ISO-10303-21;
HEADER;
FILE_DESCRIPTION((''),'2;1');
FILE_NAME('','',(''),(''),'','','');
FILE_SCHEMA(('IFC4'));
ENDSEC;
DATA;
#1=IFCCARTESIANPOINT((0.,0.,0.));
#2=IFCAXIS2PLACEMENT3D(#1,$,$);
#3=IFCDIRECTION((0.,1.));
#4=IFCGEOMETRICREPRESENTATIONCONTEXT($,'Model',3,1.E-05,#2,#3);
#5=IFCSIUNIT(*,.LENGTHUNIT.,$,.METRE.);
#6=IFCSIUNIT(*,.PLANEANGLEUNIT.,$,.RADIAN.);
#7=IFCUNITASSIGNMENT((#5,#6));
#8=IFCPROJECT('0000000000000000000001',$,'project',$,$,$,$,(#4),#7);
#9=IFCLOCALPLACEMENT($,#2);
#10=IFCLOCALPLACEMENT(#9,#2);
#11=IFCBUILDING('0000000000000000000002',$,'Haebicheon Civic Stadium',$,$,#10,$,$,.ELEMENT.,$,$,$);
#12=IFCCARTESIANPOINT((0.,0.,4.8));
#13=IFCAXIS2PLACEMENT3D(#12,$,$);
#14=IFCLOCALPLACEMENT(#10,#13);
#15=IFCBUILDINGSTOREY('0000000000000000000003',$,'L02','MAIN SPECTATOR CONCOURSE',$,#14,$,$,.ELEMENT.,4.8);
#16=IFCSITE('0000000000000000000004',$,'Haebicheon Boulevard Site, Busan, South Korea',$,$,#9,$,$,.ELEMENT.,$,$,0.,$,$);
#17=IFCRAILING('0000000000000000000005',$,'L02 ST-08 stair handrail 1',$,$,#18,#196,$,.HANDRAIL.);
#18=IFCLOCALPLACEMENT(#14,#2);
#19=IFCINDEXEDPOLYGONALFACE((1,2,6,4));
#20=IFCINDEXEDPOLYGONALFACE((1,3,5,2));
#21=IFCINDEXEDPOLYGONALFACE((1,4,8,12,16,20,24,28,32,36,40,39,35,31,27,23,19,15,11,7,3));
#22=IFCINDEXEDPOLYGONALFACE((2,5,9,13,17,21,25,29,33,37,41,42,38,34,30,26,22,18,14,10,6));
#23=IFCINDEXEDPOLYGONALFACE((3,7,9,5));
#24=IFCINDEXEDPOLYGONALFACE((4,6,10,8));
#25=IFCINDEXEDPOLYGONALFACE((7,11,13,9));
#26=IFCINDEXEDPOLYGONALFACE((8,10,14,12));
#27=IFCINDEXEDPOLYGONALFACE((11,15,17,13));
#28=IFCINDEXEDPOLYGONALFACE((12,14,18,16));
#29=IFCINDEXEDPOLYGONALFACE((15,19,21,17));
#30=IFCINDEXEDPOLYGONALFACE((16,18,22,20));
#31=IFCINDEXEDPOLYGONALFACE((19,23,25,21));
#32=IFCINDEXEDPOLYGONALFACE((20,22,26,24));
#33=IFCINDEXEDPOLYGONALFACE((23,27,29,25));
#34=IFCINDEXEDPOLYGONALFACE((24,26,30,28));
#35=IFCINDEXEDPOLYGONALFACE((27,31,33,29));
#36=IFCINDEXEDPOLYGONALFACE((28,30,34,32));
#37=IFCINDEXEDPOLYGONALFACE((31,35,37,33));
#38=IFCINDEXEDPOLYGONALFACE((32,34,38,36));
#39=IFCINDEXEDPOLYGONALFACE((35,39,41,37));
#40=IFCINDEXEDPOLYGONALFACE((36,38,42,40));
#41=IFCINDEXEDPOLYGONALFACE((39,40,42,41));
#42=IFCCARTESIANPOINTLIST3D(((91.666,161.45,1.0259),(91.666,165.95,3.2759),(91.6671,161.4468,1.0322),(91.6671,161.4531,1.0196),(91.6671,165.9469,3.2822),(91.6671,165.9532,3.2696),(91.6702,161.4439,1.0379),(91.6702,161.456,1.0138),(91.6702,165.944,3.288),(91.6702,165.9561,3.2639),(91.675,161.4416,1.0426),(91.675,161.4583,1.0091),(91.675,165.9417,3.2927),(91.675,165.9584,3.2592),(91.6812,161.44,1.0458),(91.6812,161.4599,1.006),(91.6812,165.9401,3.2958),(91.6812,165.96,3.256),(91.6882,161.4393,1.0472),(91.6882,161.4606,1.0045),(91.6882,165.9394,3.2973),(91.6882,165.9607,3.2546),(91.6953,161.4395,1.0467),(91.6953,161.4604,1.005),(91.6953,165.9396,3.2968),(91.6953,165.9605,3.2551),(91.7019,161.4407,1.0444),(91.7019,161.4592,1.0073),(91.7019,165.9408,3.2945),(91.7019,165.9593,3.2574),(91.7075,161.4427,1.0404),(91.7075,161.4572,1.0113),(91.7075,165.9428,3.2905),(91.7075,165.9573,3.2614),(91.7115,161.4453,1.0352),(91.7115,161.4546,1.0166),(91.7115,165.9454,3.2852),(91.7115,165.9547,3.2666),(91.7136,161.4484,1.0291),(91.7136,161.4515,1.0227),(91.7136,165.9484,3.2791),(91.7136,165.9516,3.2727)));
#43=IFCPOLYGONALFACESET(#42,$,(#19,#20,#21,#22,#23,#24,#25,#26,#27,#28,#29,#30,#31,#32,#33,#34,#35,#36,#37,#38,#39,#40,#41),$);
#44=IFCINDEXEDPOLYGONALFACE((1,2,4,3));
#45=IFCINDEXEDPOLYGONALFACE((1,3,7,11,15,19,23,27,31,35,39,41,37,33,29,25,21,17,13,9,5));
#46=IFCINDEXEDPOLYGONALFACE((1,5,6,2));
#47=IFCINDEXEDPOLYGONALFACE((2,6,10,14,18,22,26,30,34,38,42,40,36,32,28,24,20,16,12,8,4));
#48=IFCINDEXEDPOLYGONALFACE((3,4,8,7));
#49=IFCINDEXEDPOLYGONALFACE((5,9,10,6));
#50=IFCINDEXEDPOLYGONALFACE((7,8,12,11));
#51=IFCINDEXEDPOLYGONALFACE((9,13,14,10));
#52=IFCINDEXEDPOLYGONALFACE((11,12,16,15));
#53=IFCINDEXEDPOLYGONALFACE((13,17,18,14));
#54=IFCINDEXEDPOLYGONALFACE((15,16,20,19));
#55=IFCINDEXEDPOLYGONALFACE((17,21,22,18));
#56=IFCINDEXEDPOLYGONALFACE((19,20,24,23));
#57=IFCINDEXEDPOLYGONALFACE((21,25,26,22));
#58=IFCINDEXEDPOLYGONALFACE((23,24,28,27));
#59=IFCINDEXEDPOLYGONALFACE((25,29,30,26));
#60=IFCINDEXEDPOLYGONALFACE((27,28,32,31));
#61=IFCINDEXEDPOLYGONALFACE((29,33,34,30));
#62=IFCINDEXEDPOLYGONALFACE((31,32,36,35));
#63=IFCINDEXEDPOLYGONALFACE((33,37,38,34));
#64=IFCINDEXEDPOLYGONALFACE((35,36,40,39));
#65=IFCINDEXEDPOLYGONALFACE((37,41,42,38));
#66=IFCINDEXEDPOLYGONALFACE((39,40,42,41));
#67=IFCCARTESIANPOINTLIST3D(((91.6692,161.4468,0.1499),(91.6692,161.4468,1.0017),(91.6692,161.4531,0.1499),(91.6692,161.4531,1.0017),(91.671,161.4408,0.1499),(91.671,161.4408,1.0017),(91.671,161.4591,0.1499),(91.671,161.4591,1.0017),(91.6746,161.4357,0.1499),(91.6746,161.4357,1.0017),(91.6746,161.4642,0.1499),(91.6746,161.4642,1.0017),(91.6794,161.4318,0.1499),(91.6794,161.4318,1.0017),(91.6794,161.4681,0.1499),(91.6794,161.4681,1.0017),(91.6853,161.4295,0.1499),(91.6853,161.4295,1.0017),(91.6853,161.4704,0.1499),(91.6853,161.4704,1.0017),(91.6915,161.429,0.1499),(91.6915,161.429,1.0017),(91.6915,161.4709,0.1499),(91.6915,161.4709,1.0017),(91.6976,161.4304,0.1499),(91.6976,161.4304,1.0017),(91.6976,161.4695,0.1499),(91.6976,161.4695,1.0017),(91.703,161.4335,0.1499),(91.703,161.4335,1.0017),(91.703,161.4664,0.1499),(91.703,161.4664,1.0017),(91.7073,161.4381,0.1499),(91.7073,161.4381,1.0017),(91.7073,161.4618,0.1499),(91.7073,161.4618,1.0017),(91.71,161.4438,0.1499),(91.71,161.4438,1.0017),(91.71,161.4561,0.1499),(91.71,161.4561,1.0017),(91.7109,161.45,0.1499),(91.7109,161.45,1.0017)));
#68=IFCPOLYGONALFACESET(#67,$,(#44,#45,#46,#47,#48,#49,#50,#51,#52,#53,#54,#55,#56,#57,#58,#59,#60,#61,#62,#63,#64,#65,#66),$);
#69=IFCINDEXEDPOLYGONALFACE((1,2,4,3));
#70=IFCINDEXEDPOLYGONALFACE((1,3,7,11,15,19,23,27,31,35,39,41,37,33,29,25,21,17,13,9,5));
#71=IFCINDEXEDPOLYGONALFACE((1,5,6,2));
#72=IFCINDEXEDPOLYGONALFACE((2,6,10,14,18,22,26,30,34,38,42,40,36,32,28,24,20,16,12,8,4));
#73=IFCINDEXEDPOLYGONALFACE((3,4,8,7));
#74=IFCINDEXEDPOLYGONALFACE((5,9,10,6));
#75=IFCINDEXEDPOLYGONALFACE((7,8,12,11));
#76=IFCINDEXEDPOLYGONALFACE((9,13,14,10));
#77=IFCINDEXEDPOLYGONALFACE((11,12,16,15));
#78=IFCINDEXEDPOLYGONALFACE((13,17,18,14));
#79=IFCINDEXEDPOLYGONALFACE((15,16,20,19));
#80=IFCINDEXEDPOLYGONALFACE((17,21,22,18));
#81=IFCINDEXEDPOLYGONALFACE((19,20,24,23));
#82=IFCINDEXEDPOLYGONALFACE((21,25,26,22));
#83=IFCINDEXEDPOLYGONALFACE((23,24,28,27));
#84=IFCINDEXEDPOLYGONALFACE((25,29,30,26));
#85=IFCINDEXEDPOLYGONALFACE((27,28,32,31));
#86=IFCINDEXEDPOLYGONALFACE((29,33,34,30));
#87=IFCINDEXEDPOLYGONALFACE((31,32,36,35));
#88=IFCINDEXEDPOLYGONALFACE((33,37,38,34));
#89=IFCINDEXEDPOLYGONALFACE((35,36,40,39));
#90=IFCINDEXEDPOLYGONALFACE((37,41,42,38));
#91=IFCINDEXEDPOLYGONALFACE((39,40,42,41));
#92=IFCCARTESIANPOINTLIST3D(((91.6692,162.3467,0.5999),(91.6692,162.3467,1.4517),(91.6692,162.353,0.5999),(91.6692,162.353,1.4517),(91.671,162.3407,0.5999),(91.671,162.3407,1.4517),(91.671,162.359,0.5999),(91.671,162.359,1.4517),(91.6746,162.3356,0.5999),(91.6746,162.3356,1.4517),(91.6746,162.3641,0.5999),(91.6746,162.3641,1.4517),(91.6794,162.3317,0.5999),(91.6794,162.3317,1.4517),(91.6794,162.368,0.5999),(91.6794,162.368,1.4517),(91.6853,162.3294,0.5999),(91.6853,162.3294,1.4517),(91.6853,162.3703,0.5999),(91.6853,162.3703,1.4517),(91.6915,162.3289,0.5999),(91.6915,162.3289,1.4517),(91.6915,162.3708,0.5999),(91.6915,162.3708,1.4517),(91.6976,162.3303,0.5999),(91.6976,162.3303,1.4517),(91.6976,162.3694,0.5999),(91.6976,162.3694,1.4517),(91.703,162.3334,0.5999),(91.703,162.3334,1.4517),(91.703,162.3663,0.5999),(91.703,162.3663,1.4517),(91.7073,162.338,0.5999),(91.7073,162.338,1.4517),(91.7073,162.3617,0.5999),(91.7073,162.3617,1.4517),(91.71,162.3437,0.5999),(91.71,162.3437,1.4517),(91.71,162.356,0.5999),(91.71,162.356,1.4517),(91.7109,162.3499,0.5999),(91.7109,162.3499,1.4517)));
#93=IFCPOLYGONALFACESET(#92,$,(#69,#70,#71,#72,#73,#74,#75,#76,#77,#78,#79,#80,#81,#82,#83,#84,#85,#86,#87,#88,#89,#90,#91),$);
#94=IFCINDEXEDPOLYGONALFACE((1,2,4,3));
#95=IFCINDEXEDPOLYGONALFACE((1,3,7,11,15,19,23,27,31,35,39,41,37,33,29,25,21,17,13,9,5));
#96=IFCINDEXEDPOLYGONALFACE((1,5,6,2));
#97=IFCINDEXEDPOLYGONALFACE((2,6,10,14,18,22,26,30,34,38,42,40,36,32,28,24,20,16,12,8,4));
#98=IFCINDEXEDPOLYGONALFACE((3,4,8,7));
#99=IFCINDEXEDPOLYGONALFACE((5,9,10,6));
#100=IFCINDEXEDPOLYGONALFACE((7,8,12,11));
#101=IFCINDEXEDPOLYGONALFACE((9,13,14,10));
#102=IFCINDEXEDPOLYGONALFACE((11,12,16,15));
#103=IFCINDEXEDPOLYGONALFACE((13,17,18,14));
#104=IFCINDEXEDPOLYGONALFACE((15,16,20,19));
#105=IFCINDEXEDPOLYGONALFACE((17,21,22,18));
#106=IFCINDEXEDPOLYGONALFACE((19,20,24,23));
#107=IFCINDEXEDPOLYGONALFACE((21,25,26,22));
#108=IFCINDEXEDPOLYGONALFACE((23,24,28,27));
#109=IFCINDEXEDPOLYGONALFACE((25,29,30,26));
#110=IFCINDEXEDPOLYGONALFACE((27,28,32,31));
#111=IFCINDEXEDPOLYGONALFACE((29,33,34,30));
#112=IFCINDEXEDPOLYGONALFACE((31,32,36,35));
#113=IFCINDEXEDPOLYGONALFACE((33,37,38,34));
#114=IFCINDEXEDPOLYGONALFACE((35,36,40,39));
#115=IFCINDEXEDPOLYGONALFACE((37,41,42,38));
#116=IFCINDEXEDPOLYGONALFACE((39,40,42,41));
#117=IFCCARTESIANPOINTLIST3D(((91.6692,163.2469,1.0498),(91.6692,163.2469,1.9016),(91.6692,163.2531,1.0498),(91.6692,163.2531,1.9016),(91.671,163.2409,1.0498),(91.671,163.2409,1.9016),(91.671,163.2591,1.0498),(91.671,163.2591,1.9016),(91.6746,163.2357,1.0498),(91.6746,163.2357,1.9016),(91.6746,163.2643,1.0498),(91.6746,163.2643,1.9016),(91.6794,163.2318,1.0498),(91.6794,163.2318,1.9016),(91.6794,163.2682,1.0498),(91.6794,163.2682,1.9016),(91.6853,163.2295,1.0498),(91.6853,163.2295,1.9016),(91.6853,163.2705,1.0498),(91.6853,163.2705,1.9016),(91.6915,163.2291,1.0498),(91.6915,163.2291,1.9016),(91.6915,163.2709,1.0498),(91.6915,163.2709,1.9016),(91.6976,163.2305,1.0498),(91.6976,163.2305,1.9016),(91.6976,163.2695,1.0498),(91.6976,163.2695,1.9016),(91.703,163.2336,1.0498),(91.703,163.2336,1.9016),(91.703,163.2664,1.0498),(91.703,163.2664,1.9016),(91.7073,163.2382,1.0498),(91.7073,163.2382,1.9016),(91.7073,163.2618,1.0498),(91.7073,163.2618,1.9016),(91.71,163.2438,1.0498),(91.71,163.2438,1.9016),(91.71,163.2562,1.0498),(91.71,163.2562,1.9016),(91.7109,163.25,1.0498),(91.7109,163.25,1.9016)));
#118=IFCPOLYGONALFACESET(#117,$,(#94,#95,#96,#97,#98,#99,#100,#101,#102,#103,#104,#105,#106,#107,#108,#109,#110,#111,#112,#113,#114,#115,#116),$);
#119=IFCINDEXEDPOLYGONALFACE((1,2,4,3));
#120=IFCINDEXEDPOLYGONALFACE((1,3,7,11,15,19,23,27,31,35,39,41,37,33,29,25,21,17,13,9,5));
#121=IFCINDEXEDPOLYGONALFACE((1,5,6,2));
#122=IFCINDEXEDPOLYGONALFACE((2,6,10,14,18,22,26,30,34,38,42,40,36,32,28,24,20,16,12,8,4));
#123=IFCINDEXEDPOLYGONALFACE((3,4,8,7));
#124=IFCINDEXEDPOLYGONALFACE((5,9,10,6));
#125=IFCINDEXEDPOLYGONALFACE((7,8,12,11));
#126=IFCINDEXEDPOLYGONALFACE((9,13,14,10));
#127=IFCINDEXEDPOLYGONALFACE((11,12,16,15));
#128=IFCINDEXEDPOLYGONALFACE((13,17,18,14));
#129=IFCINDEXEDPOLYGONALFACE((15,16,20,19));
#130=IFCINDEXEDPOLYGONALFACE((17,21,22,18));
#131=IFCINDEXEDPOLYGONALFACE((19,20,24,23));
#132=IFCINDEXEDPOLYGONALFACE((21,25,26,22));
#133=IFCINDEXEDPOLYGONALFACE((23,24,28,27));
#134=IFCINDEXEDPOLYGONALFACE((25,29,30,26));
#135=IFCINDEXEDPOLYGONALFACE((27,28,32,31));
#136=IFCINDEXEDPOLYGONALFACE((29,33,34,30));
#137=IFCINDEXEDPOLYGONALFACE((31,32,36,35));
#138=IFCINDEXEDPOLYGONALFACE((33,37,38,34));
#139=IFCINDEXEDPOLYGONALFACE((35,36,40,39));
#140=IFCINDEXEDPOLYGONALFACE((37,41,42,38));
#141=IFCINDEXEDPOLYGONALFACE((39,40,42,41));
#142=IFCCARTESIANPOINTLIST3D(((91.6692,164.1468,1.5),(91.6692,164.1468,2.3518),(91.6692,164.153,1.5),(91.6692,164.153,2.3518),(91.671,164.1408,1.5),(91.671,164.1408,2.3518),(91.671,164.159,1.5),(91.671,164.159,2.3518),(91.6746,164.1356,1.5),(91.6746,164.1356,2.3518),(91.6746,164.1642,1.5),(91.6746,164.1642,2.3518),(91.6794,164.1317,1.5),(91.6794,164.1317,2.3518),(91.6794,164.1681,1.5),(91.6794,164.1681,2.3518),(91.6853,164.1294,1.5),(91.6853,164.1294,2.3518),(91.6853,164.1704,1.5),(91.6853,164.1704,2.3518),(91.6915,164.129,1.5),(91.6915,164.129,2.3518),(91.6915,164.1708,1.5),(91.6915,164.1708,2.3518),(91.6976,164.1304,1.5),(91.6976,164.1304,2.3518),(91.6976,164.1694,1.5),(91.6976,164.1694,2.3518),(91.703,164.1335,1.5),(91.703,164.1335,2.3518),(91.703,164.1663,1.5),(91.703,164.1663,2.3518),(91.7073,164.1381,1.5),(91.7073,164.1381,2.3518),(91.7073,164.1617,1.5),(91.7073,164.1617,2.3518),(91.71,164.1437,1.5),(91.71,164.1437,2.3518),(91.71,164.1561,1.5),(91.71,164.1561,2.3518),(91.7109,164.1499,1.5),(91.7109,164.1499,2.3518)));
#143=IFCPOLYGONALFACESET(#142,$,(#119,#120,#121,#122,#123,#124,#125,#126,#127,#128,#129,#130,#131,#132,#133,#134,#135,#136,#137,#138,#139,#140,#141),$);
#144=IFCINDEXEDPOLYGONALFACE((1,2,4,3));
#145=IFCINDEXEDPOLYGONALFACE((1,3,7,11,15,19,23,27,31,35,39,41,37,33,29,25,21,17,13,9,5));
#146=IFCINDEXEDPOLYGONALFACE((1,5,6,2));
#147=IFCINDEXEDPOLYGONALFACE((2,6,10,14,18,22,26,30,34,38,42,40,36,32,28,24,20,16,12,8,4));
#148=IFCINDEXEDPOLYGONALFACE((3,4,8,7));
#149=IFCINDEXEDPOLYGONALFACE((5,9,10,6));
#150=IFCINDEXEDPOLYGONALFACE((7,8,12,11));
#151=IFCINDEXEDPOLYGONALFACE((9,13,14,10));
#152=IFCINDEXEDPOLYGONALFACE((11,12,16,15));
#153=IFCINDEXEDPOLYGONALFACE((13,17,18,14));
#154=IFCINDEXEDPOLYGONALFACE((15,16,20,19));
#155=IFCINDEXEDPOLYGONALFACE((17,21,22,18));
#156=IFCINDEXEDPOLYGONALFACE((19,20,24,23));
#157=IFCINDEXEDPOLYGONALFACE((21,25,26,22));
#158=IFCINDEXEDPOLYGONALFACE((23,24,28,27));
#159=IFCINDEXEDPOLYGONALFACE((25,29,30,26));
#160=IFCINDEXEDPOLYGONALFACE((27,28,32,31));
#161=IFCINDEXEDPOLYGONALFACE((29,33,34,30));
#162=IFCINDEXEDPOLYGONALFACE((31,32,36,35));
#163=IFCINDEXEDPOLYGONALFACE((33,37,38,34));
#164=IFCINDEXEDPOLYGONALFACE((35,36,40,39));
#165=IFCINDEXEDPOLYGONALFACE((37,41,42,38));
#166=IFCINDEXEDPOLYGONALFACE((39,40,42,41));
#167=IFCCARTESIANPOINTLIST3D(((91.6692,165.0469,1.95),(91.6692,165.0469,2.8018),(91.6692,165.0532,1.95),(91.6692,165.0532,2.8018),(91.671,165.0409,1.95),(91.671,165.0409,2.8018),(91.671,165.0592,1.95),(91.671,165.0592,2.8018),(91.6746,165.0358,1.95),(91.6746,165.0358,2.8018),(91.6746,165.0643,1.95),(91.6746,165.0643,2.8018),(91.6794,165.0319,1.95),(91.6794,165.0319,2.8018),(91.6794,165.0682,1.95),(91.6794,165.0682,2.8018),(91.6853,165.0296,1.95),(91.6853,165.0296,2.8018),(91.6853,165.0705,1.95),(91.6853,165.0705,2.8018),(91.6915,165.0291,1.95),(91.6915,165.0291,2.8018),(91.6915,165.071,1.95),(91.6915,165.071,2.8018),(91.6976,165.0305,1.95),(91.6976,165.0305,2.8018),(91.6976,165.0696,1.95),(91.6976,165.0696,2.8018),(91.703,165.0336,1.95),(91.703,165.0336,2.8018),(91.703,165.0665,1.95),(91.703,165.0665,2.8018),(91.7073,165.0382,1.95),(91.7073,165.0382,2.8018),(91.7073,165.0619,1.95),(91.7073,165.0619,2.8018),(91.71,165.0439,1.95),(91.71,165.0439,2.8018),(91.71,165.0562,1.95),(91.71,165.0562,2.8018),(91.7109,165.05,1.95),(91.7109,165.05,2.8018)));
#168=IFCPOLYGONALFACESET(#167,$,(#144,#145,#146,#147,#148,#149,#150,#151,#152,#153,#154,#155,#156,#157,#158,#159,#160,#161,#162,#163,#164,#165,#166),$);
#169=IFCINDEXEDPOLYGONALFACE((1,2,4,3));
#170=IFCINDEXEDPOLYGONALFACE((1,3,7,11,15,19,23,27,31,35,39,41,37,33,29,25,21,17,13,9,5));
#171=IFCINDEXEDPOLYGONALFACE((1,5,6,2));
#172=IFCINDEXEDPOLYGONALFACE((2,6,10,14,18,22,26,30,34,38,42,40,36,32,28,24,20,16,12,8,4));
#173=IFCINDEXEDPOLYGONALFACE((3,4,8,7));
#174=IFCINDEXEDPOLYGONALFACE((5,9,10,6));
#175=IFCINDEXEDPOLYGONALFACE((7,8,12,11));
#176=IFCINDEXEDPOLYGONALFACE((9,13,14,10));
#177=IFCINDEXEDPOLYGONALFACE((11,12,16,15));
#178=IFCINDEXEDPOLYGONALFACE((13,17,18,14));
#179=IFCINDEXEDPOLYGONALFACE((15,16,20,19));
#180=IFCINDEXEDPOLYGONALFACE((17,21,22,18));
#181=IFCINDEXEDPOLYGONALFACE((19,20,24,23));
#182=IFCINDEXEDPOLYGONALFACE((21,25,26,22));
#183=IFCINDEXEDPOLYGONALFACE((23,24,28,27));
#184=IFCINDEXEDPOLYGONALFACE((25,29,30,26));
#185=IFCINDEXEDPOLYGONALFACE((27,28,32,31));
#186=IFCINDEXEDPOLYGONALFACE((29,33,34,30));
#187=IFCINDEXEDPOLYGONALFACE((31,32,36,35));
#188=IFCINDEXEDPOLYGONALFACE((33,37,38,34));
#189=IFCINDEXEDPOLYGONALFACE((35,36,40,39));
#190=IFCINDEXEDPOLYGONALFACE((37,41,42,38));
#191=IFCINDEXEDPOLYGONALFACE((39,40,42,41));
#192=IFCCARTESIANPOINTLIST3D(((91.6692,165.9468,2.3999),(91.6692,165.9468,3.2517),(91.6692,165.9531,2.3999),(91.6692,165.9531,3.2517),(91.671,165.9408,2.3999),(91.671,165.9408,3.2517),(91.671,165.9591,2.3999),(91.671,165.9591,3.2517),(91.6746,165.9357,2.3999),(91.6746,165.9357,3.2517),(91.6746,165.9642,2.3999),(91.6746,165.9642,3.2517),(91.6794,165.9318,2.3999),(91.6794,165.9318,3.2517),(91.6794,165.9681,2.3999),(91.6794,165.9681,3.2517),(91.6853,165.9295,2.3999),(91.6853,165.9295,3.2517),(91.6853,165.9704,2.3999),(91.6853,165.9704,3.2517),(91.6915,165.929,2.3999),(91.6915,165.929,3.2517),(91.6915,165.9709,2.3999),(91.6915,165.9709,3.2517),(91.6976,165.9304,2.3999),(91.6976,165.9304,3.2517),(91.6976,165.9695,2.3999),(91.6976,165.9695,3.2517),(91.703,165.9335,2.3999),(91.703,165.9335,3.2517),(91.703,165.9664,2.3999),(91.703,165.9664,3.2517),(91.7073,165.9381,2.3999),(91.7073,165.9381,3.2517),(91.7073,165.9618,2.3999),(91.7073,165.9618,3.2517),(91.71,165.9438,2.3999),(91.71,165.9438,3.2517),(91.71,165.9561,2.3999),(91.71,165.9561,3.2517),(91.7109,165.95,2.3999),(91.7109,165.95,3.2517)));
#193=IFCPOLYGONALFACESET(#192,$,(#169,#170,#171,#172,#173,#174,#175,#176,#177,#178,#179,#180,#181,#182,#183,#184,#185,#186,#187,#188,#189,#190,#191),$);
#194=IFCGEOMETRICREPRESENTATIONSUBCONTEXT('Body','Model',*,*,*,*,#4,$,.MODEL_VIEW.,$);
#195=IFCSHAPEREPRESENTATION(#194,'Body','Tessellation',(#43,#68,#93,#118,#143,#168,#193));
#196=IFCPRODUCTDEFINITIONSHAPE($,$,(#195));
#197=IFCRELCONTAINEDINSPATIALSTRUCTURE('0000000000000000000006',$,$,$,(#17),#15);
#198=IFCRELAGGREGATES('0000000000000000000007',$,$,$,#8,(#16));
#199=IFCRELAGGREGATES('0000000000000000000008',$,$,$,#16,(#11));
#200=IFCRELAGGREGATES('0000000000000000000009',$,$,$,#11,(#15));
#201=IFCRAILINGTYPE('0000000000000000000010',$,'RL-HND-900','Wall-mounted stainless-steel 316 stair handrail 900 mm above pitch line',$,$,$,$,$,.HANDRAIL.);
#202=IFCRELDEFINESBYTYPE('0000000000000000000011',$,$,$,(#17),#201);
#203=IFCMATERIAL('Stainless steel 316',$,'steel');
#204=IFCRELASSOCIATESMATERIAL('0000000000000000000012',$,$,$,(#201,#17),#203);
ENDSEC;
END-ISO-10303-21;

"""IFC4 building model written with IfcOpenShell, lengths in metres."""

from ifc_helpers import new_model, si_unit, direction, frame, origin, origin_2d, place, context, subcontext, project, spatial, circle, extrude, material, type_object, element, save


model = new_model("IFC4")

# Units and contexts
model_context = context("Model", 3, precision=1e-05, world=origin(), true_north=direction((0.0, 1.0)))
body_context = subcontext(model_context, "Body", "Model", "MODEL_VIEW")
ifc_project = project(units=[si_unit("LENGTHUNIT", "METRE"), si_unit("PLANEANGLEUNIT", "RADIAN")], contexts=[model_context])

# Site, building, storey
site_placement = place(None, origin())
site = spatial("IfcSite", under=ifc_project, at=site_placement, Name="Haebicheon Boulevard Site, Busan, South Korea", CompositionType="ELEMENT", RefElevation=0.0)
building_placement = place(site_placement, origin())
building = spatial("IfcBuilding", under=site, at=building_placement, Name="Haebicheon Civic Stadium", CompositionType="ELEMENT")
storey_placement = place(building_placement, frame((0.0, 0.0, 4.8)))
storey = spatial("IfcBuildingStorey", under=building, at=storey_placement, Name="L02", Description="MAIN SPECTATOR CONCOURSE", CompositionType="ELEMENT", Elevation=4.8)

# Railing
ifc_material_1 = material(Name="Stainless steel 316", Category="steel")
railing_type_1 = type_object("IfcRailingType", Name="RL-HND-900", Description="Wall-mounted stainless-steel 316 stair handrail 900 mm above pitch line", PredefinedType="HANDRAIL", material=ifc_material_1)
railing_1_placement = place(storey_placement, frame((91.6899, 161.45, 0.1499)))
element("IfcRailing", 1, at=railing_1_placement, inside=storey, type_object=railing_type_1, material=ifc_material_1, Name="L02 ST-08 stair handrail 1", PredefinedType="HANDRAIL", context=body_context, shape_type="SweptSolid", body=[
    extrude(circle(Radius=0.0239, at=origin_2d()), frame((0.0, 0.0, 0.876), z_axis=(0.0, 0.894427, 0.447214), x_axis=(-1.0, 0.0, 0.0)), (0.0, 0.0, 1.0), 5.0312),
    extrude(circle(Radius=0.021, at=origin_2d()), origin(), (0.0, 0.0, 1.0), 0.8518),
    extrude(circle(Radius=0.021, at=origin_2d()), frame((0.0, 0.8999, 0.45)), (0.0, 0.0, 1.0), 0.8518),
    extrude(circle(Radius=0.021, at=origin_2d()), frame((0.0, 1.8, 0.8999)), (0.0, 0.0, 1.0), 0.8518),
    extrude(circle(Radius=0.021, at=origin_2d()), frame((0.0, 2.7, 1.3501)), (0.0, 0.0, 1.0), 0.8518),
    extrude(circle(Radius=0.021, at=origin_2d()), frame((0.0, 3.6001, 1.8)), (0.0, 0.0, 1.0), 0.8518),
    extrude(circle(Radius=0.021, at=origin_2d()), frame((0.0, 4.5, 2.25)), (0.0, 0.0, 1.0), 0.8518),
])

save(model, "model.ifc")
